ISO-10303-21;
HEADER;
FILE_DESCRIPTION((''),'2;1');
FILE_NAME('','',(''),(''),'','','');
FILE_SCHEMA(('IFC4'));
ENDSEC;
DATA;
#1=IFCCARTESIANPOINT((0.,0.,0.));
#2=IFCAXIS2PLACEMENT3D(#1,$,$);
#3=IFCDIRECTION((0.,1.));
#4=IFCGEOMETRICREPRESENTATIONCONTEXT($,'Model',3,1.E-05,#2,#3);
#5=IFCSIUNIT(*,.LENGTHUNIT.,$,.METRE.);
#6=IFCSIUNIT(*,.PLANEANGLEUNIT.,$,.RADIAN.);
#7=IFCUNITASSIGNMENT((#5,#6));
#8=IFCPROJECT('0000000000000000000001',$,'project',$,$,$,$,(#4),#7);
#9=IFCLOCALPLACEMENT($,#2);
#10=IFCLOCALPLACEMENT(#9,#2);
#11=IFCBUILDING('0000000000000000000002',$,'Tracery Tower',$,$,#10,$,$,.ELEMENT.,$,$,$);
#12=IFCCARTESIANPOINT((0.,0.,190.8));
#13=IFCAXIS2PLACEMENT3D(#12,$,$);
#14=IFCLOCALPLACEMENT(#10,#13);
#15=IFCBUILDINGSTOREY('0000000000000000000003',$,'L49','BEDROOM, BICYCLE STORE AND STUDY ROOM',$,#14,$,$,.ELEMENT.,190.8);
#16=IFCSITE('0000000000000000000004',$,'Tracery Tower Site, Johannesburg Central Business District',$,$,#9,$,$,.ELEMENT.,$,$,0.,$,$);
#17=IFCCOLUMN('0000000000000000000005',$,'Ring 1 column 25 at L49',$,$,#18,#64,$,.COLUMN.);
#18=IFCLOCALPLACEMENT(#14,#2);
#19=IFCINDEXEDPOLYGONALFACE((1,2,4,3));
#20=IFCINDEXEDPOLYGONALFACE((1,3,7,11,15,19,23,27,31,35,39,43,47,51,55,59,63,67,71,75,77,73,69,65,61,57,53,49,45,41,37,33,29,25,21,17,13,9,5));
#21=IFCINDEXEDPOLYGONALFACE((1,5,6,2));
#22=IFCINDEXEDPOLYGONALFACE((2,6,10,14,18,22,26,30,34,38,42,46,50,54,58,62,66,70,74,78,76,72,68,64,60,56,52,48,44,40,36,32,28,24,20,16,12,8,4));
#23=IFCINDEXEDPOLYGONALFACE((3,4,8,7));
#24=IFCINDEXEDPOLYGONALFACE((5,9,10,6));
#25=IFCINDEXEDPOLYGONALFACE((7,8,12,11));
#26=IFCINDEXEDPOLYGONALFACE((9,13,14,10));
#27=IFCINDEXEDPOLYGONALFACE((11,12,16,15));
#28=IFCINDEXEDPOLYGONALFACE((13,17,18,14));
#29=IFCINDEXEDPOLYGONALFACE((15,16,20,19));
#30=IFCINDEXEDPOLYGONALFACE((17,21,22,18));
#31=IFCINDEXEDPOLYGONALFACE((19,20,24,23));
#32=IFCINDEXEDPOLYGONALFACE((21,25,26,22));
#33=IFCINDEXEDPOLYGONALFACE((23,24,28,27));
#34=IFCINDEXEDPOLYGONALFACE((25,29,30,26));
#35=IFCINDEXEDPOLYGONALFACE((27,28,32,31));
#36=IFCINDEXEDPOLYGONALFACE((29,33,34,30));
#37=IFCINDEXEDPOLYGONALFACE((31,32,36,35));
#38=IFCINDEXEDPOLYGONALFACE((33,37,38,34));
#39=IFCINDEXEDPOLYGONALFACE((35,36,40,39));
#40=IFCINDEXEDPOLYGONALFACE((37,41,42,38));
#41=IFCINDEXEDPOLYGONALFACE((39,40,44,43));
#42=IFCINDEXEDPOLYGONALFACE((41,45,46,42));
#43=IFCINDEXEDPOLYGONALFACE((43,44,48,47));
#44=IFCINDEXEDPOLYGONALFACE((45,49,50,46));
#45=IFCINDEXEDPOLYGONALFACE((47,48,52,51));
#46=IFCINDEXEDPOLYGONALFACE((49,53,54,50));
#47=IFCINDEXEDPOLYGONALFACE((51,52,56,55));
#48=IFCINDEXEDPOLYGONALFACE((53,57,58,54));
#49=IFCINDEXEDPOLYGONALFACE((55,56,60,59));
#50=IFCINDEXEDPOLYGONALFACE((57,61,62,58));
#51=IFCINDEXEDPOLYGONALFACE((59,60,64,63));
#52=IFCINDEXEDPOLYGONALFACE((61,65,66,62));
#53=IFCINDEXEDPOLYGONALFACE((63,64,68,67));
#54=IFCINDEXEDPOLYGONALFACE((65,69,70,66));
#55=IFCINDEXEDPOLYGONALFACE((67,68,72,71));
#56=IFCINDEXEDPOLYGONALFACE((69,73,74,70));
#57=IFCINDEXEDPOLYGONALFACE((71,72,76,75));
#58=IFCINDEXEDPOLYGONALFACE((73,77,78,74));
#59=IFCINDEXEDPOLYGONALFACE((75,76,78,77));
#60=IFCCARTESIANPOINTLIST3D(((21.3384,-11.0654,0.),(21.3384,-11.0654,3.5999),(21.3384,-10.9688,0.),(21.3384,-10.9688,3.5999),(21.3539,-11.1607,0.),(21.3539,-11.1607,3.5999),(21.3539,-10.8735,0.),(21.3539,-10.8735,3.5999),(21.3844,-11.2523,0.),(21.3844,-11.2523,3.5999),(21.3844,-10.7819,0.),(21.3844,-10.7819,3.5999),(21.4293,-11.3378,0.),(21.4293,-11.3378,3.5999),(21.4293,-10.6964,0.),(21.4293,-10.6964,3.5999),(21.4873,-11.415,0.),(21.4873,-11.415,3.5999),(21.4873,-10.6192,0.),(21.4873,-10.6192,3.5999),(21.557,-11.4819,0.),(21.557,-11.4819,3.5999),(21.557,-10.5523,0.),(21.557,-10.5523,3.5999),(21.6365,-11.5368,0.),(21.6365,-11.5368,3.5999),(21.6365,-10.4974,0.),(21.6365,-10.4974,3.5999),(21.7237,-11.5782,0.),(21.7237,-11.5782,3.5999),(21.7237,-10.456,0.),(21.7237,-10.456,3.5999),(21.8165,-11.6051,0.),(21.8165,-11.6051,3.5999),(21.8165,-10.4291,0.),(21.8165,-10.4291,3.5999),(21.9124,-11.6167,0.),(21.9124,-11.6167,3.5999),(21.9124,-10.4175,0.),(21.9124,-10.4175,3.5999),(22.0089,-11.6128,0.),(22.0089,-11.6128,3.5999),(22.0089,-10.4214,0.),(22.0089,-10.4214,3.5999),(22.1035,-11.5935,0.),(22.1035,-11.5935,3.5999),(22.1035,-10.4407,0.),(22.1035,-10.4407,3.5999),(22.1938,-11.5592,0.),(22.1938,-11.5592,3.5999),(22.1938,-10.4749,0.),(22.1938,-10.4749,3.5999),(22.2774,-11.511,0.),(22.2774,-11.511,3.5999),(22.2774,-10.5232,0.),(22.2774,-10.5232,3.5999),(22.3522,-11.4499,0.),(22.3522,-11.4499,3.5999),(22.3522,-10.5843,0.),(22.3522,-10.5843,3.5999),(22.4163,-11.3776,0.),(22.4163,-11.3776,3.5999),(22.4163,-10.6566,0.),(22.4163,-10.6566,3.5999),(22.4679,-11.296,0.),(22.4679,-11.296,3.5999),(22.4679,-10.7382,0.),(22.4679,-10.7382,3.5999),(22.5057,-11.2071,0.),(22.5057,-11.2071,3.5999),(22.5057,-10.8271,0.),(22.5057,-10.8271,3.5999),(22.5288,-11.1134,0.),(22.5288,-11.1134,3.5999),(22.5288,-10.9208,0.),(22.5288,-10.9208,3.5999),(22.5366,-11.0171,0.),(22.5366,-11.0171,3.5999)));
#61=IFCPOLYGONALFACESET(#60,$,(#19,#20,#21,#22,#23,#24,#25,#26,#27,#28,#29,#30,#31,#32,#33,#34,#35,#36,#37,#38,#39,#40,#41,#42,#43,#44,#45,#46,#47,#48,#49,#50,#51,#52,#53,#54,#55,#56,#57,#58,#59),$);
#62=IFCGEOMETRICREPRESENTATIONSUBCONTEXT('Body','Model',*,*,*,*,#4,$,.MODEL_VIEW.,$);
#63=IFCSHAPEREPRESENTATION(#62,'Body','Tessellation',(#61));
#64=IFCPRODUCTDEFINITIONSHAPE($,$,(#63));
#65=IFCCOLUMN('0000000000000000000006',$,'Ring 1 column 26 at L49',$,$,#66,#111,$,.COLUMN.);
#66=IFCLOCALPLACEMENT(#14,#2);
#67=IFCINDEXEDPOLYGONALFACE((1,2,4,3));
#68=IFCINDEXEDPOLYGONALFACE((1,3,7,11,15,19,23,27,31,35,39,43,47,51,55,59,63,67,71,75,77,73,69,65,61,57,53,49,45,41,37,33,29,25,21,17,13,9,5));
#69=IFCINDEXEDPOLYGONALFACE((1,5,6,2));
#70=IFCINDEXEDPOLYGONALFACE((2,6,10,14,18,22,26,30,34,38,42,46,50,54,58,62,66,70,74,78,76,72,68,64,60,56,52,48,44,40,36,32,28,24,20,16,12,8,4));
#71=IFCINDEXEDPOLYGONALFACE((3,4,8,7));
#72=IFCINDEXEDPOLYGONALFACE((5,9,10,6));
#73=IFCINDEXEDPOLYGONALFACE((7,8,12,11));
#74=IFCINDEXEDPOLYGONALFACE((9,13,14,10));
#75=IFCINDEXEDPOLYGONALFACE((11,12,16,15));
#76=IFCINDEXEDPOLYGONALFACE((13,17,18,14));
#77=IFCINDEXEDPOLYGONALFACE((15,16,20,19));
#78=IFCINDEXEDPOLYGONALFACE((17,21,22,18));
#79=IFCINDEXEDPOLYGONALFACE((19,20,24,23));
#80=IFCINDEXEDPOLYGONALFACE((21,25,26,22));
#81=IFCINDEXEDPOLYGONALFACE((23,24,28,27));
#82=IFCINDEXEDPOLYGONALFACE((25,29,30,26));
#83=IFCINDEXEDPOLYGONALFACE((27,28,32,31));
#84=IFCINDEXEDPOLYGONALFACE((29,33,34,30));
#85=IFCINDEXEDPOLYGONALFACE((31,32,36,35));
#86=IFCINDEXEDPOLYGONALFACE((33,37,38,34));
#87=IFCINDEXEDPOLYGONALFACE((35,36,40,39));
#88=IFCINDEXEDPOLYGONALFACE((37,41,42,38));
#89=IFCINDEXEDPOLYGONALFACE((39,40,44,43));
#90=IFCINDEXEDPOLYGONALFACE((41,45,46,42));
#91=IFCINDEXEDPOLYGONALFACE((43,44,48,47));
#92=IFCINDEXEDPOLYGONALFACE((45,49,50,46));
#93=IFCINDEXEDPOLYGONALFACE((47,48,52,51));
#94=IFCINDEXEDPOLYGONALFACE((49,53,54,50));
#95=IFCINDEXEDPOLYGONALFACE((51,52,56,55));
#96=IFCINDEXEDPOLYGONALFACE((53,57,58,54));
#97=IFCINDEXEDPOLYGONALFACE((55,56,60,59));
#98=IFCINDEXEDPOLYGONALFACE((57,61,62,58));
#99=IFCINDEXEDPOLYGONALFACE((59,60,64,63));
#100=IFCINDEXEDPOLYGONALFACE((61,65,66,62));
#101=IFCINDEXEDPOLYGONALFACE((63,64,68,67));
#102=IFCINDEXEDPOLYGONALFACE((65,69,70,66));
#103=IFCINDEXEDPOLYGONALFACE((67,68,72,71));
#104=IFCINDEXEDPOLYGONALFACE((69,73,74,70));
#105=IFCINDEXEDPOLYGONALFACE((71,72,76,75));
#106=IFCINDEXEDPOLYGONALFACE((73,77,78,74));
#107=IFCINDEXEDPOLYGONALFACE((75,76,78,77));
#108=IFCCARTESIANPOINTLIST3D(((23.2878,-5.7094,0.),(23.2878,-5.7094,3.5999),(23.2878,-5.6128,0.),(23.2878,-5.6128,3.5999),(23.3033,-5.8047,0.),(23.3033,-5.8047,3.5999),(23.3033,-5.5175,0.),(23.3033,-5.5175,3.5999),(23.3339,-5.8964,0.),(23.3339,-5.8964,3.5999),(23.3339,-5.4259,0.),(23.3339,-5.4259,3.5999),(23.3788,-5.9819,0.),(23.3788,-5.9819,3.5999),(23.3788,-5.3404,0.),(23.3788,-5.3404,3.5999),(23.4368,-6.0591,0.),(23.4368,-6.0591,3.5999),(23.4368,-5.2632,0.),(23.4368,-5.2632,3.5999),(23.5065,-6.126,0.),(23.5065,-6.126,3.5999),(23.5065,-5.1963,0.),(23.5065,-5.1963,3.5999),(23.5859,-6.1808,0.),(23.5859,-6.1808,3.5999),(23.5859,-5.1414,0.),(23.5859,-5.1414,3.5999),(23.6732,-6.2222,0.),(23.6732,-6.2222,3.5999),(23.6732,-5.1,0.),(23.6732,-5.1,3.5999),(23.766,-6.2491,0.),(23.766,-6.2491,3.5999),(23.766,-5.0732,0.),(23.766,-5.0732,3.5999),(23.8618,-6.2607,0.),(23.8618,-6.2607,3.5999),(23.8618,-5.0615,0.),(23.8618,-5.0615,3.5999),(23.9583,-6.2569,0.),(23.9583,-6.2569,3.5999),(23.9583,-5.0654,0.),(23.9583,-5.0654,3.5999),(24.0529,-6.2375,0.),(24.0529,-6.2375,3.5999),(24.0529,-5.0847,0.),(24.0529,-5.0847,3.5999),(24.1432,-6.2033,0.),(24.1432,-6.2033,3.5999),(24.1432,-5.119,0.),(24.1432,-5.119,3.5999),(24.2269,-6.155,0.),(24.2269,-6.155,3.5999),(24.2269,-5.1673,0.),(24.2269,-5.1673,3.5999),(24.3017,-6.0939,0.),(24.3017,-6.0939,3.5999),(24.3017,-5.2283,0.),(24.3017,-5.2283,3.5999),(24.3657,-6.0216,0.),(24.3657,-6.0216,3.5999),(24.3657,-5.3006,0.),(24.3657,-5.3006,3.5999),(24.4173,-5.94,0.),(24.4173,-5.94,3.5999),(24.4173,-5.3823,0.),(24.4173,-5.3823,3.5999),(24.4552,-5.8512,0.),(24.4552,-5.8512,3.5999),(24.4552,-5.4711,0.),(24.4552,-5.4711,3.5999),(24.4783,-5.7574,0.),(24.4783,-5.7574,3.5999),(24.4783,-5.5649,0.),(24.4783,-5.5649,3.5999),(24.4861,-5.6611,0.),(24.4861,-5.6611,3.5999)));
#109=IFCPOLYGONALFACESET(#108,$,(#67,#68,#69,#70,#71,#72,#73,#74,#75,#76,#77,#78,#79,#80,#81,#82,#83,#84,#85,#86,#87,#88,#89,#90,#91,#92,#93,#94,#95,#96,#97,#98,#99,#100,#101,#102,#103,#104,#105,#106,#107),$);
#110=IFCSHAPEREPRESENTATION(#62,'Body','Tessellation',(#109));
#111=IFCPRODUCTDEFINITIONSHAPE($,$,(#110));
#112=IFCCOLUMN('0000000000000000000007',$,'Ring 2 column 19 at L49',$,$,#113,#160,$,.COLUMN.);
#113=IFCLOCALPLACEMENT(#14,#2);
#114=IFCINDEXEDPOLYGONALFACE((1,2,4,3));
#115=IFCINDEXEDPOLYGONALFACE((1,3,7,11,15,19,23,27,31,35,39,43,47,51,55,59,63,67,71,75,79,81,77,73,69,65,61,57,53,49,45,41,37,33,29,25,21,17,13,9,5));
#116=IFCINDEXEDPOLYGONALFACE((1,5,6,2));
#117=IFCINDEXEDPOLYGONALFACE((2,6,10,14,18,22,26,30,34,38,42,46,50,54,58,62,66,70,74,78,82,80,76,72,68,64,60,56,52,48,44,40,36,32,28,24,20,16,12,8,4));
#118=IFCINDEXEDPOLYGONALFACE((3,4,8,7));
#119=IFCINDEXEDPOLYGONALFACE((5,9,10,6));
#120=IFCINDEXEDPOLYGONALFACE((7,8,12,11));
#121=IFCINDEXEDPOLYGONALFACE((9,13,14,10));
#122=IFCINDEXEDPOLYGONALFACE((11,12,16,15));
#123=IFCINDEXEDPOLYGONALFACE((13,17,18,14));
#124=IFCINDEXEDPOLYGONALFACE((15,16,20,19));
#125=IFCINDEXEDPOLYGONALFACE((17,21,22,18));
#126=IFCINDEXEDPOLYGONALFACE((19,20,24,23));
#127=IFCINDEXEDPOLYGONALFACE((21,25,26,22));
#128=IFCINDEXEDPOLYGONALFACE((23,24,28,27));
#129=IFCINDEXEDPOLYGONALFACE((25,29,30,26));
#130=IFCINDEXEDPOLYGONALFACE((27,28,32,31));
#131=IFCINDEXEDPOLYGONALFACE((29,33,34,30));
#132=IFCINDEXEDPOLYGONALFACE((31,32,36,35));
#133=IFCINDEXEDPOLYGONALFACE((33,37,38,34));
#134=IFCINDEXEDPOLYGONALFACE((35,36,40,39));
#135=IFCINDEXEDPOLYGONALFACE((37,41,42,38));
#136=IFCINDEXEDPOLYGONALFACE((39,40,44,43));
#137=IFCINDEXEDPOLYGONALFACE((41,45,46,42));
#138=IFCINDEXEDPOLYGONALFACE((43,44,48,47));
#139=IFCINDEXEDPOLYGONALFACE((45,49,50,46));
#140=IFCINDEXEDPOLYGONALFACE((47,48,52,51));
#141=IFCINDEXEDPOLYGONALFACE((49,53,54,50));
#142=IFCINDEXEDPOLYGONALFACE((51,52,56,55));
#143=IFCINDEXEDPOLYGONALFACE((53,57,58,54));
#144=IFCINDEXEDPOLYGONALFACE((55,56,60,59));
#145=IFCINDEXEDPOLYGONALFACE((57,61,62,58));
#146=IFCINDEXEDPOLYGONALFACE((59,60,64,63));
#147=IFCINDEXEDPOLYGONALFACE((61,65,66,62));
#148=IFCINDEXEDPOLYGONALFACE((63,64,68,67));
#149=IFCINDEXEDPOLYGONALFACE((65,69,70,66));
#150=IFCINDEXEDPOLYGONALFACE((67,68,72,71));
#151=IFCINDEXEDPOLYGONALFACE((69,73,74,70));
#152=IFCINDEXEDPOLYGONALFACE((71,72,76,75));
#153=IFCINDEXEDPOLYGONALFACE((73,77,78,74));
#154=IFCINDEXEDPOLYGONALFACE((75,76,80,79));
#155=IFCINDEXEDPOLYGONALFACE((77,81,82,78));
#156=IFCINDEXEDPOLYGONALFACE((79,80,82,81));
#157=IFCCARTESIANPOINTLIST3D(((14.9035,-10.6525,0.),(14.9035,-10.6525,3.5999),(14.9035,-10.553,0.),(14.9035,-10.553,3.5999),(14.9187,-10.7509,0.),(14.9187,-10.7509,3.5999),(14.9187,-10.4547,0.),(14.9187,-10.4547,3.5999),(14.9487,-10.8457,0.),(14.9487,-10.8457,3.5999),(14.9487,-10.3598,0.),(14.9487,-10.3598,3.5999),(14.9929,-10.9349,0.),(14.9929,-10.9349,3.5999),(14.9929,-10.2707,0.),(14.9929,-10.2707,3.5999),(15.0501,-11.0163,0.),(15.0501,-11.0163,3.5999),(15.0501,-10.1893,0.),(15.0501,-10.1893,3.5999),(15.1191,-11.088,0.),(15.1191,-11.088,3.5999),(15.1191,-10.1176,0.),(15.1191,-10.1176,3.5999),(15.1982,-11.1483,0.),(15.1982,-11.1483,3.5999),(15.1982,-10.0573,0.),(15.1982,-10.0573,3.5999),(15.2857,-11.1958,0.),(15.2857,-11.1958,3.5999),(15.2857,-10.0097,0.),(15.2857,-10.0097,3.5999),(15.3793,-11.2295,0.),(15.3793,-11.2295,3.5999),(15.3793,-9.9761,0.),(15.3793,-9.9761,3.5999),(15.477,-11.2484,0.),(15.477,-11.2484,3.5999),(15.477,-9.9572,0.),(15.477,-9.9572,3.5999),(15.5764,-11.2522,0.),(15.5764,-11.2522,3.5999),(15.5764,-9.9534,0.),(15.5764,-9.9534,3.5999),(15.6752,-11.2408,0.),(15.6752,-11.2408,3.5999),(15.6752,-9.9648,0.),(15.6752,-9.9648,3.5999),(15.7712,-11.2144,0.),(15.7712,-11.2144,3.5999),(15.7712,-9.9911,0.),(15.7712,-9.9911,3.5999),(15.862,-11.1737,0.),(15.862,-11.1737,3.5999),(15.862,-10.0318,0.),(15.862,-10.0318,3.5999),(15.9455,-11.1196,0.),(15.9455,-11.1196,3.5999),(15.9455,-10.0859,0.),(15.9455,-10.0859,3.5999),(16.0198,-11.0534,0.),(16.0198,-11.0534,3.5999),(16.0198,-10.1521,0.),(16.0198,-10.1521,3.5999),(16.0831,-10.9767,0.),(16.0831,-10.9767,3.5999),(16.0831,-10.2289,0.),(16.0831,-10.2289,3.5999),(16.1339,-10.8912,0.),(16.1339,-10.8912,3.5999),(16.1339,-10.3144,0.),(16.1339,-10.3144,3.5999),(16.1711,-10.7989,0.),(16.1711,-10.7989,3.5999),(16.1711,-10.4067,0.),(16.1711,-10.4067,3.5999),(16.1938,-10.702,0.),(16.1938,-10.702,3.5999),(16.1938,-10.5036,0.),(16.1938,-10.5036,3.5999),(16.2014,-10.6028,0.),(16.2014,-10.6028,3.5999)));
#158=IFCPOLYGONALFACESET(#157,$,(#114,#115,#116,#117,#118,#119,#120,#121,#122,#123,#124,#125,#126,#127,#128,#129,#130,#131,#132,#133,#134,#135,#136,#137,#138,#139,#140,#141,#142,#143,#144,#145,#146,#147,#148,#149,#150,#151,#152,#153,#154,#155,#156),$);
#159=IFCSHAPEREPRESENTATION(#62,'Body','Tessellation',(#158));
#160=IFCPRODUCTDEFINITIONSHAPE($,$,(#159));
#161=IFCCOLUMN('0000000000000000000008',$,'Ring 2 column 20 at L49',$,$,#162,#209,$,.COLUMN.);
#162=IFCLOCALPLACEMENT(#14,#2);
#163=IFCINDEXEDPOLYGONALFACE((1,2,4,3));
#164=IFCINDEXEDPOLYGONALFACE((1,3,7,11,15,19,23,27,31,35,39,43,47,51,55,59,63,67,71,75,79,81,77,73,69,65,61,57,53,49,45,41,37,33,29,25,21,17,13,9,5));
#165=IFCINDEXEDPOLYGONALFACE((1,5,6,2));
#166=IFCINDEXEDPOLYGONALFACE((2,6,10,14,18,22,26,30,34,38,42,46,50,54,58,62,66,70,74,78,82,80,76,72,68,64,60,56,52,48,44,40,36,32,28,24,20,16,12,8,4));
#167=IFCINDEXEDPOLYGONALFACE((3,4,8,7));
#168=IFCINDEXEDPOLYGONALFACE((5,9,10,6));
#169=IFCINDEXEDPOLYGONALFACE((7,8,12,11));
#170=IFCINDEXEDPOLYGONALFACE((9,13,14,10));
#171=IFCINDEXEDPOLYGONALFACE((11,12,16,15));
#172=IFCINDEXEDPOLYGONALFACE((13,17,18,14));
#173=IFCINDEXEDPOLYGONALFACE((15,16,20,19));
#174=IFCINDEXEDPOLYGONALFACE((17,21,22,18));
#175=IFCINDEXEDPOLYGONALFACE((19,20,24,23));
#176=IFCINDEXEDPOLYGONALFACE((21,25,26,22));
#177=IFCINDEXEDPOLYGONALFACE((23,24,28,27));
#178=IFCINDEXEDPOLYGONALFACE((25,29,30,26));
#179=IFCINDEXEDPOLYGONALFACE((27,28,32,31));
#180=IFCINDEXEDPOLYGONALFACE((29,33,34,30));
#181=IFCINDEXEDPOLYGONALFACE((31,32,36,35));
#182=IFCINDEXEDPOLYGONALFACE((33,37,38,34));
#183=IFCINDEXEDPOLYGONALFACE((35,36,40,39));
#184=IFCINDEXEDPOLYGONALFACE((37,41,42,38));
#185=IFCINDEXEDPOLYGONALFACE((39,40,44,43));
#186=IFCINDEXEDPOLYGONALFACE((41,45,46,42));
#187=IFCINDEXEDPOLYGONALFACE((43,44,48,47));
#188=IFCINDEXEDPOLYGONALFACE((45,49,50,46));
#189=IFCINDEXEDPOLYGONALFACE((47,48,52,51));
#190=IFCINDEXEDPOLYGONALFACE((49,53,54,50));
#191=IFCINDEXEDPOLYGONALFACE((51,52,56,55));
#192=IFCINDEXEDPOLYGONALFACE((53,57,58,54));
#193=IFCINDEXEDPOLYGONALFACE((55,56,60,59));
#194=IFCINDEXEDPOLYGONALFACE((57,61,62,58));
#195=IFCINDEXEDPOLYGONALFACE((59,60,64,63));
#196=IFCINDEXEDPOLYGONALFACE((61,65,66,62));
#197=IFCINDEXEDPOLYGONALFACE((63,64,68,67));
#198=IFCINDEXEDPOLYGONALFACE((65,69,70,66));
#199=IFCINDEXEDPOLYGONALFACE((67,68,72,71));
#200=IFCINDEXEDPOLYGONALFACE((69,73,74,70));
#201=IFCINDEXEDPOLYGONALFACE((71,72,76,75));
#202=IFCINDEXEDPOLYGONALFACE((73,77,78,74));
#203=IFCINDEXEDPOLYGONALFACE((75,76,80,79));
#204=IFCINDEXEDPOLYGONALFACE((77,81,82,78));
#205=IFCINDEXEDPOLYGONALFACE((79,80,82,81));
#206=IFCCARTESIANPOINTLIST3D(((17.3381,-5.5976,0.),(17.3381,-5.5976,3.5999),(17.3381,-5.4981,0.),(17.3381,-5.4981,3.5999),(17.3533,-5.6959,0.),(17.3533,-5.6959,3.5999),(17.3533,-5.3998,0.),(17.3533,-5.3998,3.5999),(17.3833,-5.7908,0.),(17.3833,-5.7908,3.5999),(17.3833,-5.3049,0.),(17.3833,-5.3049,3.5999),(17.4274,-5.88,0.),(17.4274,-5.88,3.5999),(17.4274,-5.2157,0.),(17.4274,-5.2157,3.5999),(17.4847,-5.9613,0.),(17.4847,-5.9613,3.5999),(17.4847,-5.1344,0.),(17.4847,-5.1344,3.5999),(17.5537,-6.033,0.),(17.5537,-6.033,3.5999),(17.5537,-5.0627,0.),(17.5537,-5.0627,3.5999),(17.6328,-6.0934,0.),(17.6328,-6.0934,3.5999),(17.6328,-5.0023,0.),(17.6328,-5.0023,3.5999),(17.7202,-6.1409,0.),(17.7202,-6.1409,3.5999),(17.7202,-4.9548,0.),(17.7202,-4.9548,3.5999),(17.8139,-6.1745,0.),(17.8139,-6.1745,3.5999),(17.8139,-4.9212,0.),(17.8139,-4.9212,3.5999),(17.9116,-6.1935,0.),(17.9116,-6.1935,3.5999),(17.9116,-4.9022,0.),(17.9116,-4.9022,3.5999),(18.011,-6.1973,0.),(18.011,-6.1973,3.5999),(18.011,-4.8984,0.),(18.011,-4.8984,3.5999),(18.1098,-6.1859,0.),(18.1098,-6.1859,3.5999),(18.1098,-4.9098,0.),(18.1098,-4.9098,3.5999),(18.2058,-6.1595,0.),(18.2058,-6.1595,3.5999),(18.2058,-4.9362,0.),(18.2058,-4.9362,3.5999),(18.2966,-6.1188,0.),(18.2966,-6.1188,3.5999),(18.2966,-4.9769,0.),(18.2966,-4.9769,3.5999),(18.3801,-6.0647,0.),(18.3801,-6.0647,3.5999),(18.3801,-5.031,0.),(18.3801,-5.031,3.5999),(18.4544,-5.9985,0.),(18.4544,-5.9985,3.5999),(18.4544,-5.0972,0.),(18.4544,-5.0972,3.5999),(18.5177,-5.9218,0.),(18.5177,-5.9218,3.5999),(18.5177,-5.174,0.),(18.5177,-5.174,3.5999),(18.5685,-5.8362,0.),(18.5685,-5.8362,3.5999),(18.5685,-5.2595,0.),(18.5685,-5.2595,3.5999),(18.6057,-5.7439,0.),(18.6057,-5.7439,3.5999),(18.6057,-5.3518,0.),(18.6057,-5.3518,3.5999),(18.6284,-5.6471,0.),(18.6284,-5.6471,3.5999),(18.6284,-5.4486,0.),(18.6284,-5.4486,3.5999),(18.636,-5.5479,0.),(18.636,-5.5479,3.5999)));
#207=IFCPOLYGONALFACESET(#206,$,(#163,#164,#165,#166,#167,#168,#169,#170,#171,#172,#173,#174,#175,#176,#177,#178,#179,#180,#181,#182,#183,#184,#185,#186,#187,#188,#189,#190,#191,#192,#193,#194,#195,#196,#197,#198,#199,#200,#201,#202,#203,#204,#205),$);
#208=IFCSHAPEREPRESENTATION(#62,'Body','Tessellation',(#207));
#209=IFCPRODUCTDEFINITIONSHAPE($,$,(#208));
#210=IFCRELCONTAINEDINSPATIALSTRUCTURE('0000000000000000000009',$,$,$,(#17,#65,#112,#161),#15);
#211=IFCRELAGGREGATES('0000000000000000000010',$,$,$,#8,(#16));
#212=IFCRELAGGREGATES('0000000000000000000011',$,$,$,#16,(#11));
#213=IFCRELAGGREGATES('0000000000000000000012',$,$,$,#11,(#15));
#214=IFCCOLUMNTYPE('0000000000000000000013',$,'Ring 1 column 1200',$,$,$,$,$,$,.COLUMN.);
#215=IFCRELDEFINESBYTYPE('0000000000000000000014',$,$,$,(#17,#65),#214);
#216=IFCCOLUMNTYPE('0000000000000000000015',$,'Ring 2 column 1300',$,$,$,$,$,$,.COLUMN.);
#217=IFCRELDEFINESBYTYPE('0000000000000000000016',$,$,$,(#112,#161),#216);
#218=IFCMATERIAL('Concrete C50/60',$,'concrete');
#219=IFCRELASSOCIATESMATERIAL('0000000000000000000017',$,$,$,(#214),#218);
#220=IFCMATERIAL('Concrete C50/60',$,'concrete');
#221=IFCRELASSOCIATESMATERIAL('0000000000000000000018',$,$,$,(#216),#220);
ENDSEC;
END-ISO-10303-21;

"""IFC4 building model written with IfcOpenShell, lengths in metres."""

from ifc_helpers import new_model, si_unit, direction, frame, origin, origin_2d, place, context, subcontext, project, spatial, circle, extrude, material, material_profile, profile_set, type_object, element, save


model = new_model("IFC4")

# Units and contexts
model_context = context("Model", 3, precision=1e-05, world=origin(), true_north=direction((0.0, 1.0)))
body_context = subcontext(model_context, "Body", "Model", "MODEL_VIEW")
ifc_project = project(units=[si_unit("LENGTHUNIT", "METRE"), si_unit("PLANEANGLEUNIT", "RADIAN")], contexts=[model_context])

# Site, building, storey
site_placement = place(None, origin())
site = spatial("IfcSite", under=ifc_project, at=site_placement, Name="Tracery Tower Site, Johannesburg Central Business District", CompositionType="ELEMENT", RefElevation=0.0)
building_placement = place(site_placement, origin())
building = spatial("IfcBuilding", under=site, at=building_placement, Name="Tracery Tower", CompositionType="ELEMENT")
storey_placement = place(building_placement, frame((0.0, 0.0, 190.8)))
storey = spatial("IfcBuildingStorey", under=building, at=storey_placement, Name="L49", Description="BEDROOM, BICYCLE STORE AND STUDY ROOM", CompositionType="ELEMENT", Elevation=190.8)

# Columns
ifc_material_1 = material(Name="Concrete C50/60", Category="concrete")
ifc_material_profile_1 = material_profile(ifc_material_1, circle(Radius=0.6001, at=origin_2d()), Name="RC D1200")
ifc_profile_set_1 = profile_set([ifc_material_profile_1], Name="Concrete C50/60")
column_type_1 = type_object("IfcColumnType", Name="Ring 1 column 1200", PredefinedType="COLUMN", material=ifc_profile_set_1)
for number, where, z_axis, x_axis, name in (
    (1, (21.9365, -11.0171, 0.0), (0.0, 0.0, 1.0), (1.0, 0.0, 0.0), "Ring 1 column 25 at L49"),
    (2, (23.886, -5.6611, 0.0), (0.0, 0.0, 1.0), (1.0, 0.0, 0.0), "Ring 1 column 26 at L49"),
):
    element("IfcColumn", number, at=place(storey_placement, frame(where, z_axis=z_axis, x_axis=x_axis)), inside=storey, type_object=column_type_1, Name=name, PredefinedType="COLUMN", context=body_context, shape_type="SweptSolid", body=[
        extrude(circle(Radius=0.6001, at=origin_2d()), origin(), (0.0, 0.0, 1.0), 3.5999),
    ])
ifc_material_2 = material(Name="Concrete C50/60", Category="concrete")
ifc_material_profile_2 = material_profile(ifc_material_2, circle(Radius=0.6499, at=origin_2d()), Name="RC D1300")
ifc_profile_set_2 = profile_set([ifc_material_profile_2], Name="Concrete C50/60")
column_type_2 = type_object("IfcColumnType", Name="Ring 2 column 1300", PredefinedType="COLUMN", material=ifc_profile_set_2)
for number, where, z_axis, x_axis, name in (
    (3, (15.5515, -10.6028, 0.0), (0.0, 0.0, 1.0), (1.0, 0.0, 0.0), "Ring 2 column 19 at L49"),
    (4, (17.9861, -5.5479, 0.0), (0.0, 0.0, 1.0), (1.0, 0.0, 0.0), "Ring 2 column 20 at L49"),
):
    element("IfcColumn", number, at=place(storey_placement, frame(where, z_axis=z_axis, x_axis=x_axis)), inside=storey, type_object=column_type_2, Name=name, PredefinedType="COLUMN", context=body_context, shape_type="SweptSolid", body=[
        extrude(circle(Radius=0.6499, at=origin_2d()), origin(), (0.0, 0.0, 1.0), 3.5999),
    ])

save(model, "model.ifc")
